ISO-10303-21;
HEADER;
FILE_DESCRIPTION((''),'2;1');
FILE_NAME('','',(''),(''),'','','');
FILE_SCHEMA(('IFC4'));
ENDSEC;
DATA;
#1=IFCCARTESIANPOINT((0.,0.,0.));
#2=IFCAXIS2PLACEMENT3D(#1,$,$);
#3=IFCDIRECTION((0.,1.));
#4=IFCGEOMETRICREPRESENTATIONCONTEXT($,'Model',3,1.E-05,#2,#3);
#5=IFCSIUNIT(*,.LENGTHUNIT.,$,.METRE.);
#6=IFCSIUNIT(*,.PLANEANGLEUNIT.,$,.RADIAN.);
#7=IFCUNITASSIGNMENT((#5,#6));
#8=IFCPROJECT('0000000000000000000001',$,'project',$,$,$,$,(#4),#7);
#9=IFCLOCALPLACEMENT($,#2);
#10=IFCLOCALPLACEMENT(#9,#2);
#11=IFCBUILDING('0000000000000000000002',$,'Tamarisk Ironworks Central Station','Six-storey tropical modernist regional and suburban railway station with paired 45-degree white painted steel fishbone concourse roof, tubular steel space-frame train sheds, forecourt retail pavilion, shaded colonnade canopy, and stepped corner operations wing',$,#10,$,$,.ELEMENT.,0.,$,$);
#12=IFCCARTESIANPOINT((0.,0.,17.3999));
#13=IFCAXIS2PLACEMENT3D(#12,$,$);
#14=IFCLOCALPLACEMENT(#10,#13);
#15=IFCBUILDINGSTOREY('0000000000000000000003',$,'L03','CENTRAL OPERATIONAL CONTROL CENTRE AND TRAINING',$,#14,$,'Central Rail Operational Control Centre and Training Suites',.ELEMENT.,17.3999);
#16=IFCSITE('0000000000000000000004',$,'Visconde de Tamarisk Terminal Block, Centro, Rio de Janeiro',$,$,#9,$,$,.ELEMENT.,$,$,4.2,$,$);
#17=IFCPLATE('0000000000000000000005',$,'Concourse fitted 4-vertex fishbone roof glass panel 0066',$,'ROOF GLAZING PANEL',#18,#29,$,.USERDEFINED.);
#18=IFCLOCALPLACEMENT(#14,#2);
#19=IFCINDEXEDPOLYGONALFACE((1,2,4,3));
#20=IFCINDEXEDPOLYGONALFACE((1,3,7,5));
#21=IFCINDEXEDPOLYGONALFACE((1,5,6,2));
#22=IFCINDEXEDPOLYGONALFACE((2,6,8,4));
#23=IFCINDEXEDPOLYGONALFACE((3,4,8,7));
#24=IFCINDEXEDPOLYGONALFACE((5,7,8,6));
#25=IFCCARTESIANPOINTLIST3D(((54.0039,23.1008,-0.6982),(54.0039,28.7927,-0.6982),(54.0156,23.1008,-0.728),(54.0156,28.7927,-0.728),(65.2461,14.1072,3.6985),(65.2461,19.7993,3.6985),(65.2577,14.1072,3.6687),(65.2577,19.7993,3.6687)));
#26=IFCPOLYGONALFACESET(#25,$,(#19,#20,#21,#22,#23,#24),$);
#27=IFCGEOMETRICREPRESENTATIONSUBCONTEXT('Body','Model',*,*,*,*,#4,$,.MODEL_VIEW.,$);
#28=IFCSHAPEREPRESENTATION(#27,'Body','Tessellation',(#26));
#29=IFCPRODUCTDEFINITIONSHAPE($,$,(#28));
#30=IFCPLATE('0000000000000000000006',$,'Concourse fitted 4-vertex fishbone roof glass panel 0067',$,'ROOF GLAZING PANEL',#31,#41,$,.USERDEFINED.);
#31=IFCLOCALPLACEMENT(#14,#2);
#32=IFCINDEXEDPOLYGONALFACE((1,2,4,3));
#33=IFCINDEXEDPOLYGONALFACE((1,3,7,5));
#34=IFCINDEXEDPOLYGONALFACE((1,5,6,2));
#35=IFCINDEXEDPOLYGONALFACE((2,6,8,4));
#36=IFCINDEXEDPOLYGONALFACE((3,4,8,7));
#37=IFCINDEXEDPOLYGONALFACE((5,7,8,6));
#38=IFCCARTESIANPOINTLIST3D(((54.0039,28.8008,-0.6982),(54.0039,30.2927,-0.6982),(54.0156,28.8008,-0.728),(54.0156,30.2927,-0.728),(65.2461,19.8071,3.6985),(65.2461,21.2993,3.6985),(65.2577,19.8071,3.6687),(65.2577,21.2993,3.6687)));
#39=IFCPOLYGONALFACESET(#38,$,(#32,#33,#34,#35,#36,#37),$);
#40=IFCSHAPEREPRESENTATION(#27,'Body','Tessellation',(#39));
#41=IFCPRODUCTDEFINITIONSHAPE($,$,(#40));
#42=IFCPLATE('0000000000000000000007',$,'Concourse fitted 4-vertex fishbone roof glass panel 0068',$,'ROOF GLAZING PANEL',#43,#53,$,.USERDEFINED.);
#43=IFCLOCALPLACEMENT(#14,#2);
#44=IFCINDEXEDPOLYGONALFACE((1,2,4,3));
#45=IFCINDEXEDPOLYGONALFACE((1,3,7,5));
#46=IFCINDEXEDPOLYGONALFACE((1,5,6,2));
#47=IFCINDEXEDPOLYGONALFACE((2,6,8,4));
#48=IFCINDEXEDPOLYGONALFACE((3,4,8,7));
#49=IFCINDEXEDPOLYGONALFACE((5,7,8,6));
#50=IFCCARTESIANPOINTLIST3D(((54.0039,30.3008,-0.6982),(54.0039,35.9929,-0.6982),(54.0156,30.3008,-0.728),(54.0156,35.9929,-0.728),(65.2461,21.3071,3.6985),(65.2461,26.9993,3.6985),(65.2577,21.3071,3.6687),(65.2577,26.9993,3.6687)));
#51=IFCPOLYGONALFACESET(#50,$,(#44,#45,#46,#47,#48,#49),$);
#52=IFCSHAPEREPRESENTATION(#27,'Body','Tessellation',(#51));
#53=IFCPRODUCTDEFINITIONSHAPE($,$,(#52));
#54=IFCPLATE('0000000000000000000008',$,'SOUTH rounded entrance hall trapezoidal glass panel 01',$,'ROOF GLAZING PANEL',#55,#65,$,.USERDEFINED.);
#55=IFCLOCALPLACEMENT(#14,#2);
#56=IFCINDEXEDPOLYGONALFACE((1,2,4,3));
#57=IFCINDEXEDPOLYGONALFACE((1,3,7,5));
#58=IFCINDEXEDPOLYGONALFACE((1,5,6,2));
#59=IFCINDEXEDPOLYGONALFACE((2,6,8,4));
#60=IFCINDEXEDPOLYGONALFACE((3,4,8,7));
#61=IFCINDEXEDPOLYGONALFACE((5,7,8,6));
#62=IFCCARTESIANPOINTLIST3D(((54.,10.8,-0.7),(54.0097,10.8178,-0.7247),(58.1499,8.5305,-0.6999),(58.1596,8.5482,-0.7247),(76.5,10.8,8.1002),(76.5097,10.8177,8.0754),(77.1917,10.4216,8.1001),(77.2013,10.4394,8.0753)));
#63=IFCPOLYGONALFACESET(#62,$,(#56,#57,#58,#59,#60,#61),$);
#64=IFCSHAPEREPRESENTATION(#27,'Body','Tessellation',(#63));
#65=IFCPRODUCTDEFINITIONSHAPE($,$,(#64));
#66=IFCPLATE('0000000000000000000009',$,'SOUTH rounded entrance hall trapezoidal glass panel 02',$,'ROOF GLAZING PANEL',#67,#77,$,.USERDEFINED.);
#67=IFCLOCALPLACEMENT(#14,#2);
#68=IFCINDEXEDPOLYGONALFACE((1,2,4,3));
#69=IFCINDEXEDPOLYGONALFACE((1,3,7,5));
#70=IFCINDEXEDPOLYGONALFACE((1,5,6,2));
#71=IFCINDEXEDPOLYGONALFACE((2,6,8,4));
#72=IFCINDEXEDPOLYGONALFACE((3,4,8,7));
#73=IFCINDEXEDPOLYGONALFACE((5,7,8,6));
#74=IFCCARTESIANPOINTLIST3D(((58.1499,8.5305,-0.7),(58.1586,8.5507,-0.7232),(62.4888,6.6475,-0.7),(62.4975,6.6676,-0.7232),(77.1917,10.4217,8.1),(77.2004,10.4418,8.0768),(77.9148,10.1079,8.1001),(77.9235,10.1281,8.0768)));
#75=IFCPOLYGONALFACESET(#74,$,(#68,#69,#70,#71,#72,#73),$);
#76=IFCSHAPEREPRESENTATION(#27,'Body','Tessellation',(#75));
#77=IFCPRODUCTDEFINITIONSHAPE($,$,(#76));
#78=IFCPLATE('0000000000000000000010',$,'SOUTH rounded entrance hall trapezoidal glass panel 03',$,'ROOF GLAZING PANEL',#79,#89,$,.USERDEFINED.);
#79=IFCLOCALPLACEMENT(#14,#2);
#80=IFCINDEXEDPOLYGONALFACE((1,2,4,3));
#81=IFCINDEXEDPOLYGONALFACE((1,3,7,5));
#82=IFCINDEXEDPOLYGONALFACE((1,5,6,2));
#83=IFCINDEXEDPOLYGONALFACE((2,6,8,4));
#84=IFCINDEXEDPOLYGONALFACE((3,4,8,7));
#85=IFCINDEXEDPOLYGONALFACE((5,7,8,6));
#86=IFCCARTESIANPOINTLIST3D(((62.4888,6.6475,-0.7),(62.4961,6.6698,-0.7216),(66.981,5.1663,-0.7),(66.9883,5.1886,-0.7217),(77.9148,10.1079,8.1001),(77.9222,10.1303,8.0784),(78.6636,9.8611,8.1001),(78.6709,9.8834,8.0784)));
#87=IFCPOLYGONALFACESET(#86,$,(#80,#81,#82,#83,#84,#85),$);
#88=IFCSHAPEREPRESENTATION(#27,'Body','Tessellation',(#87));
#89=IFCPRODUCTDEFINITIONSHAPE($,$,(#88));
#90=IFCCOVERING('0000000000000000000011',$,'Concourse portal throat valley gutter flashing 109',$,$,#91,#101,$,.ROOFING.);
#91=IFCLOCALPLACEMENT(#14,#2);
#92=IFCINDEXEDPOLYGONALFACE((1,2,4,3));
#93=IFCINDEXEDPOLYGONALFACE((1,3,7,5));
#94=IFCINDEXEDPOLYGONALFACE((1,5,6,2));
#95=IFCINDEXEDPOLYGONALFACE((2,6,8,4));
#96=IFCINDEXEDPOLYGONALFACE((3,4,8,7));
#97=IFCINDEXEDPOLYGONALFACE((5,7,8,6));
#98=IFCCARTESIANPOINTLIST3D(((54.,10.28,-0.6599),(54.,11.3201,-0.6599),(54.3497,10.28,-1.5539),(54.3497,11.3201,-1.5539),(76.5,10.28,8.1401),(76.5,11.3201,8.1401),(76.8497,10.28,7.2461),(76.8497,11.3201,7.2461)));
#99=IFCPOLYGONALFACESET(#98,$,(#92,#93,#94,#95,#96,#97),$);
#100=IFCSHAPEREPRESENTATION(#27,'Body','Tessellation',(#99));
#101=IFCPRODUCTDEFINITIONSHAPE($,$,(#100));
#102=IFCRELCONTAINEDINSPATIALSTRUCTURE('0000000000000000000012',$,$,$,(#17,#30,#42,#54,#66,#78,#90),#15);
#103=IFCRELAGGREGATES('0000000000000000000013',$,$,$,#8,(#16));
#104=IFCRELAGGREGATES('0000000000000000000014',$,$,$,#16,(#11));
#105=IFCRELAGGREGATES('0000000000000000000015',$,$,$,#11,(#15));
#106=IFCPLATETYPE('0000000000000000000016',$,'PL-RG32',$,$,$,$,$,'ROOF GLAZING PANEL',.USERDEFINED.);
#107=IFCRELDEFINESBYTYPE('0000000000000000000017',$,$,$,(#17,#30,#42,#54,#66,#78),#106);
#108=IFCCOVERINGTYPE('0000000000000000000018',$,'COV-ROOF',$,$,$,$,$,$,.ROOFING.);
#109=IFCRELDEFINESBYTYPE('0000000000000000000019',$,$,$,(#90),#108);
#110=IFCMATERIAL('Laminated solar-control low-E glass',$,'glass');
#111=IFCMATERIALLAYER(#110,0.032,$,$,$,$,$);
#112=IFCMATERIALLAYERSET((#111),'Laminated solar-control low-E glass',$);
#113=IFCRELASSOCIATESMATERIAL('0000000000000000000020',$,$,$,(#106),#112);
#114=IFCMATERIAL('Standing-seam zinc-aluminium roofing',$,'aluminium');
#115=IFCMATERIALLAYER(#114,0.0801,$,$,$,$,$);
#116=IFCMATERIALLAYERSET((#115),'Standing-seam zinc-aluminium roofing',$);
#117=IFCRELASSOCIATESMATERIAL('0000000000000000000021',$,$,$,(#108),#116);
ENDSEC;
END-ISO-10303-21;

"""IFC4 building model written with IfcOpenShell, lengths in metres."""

from ifc_helpers import new_model, si_unit, direction, frame, origin, place, context, subcontext, project, spatial, polyline, outline, extrude, material, layer, layer_set, type_object, element, save


model = new_model("IFC4")

# Units and contexts
model_context = context("Model", 3, precision=1e-05, world=origin(), true_north=direction((0.0, 1.0)))
body_context = subcontext(model_context, "Body", "Model", "MODEL_VIEW")
ifc_project = project(units=[si_unit("LENGTHUNIT", "METRE"), si_unit("PLANEANGLEUNIT", "RADIAN")], contexts=[model_context])

# Site, building, storey
site_placement = place(None, origin())
site = spatial("IfcSite", under=ifc_project, at=site_placement, Name="Visconde de Tamarisk Terminal Block, Centro, Rio de Janeiro", CompositionType="ELEMENT", RefElevation=4.2)
building_placement = place(site_placement, origin())
building = spatial("IfcBuilding", under=site, at=building_placement, Name="Tamarisk Ironworks Central Station", Description="Six-storey tropical modernist regional and suburban railway station with paired 45-degree white painted steel fishbone concourse roof, tubular steel space-frame train sheds, forecourt retail pavilion, shaded colonnade canopy, and stepped corner operations wing", CompositionType="ELEMENT", ElevationOfRefHeight=0.0)
storey_placement = place(building_placement, frame((0.0, 0.0, 17.3999)))
storey = spatial("IfcBuildingStorey", under=building, at=storey_placement, Name="L03", Description="CENTRAL OPERATIONAL CONTROL CENTRE AND TRAINING", LongName="Central Rail Operational Control Centre and Training Suites", CompositionType="ELEMENT", Elevation=17.3999)

# Plates
ifc_material_1 = material(Name="Laminated solar-control low-E glass", Category="glass")
ifc_layer_1 = layer(ifc_material_1, 0.032)
ifc_layer_set_1 = layer_set([ifc_layer_1], Name="Laminated solar-control low-E glass")
plate_type_1 = type_object("IfcPlateType", Name="PL-RG32", ElementType="ROOF GLAZING PANEL", PredefinedType="USERDEFINED", material=ifc_layer_set_1)
plate_1_placement = place(storey_placement, frame((65.2461, 14.1072, 3.6985), z_axis=(-0.364228, 0.0, 0.93131), x_axis=(0.0, 1.0, 0.0)))
element("IfcPlate", 1, at=plate_1_placement, inside=storey, type_object=plate_type_1, Name="Concourse fitted 4-vertex fishbone roof glass panel 0066", ObjectType="ROOF GLAZING PANEL", PredefinedType="USERDEFINED", context=body_context, shape_type="SweptSolid", body=[
    extrude(outline(polyline([(0.0, 0.0), (5.6921, 0.0), (14.6855, 12.0714), (8.9937, 12.0714), (0.0, 0.0)])), origin(), (0.0, 0.0, -1.0), 0.032),
])
plate_2_placement = place(storey_placement, frame((65.2461, 19.8071, 3.6985), z_axis=(-0.364228, 0.0, 0.93131), x_axis=(0.0, 1.0, 0.0)))
element("IfcPlate", 2, at=plate_2_placement, inside=storey, type_object=plate_type_1, Name="Concourse fitted 4-vertex fishbone roof glass panel 0067", ObjectType="ROOF GLAZING PANEL", PredefinedType="USERDEFINED", context=body_context, shape_type="SweptSolid", body=[
    extrude(outline(polyline([(0.0, 0.0), (1.4922, 0.0), (10.4856, 12.0714), (8.9937, 12.0714), (0.0, 0.0)])), origin(), (0.0, 0.0, -1.0), 0.032),
])
plate_3_placement = place(storey_placement, frame((65.2461, 21.3071, 3.6985), z_axis=(-0.364228, 0.0, 0.93131), x_axis=(0.0, 1.0, 0.0)))
element("IfcPlate", 3, at=plate_3_placement, inside=storey, type_object=plate_type_1, Name="Concourse fitted 4-vertex fishbone roof glass panel 0068", ObjectType="ROOF GLAZING PANEL", PredefinedType="USERDEFINED", context=body_context, shape_type="SweptSolid", body=[
    extrude(outline(polyline([(0.0, 0.0), (5.6921, 0.0), (14.6858, 12.0714), (8.9937, 12.0714), (0.0, 0.0)])), origin(), (0.0, 0.0, -1.0), 0.032),
])
plate_4_placement = place(storey_placement, frame((54.0, 10.8, -0.7), z_axis=(-0.303167, -0.554315, 0.775129), x_axis=(0.877361, -0.47983, 0.000013)))
element("IfcPlate", 4, at=plate_4_placement, inside=storey, type_object=plate_type_1, Name="SOUTH rounded entrance hall trapezoidal glass panel 01", ObjectType="ROOF GLAZING PANEL", PredefinedType="USERDEFINED", context=body_context, shape_type="SweptSolid", body=[
    extrude(outline(polyline([(0.0, 0.0), (4.73, 0.0), (20.5291, 13.9281), (19.7407, 13.9282), (0.0, 0.0)])), origin(), (0.0, 0.0, -1.0), 0.032),
])
plate_5_placement = place(storey_placement, frame((58.1499, 8.5305, -0.7), z_axis=(-0.273381, -0.629949, 0.72693), x_axis=(0.917337, -0.398111, -0.00001)))
element("IfcPlate", 5, at=plate_5_placement, inside=storey, type_object=plate_type_1, Name="SOUTH rounded entrance hall trapezoidal glass panel 02", ObjectType="ROOF GLAZING PANEL", PredefinedType="USERDEFINED", context=body_context, shape_type="SweptSolid", body=[
    extrude(outline(polyline([(0.0, 0.0), (4.7299, 0.0), (17.503, 12.815), (16.7147, 12.8149), (0.0, 0.0)])), origin(), (0.0, 0.0, -1.0), 0.032),
])
plate_6_placement = place(storey_placement, frame((62.4888, 6.6475, -0.7), z_axis=(-0.230173, -0.698096, 0.677999), x_axis=(0.949707, -0.313139, -0.000006)))
element("IfcPlate", 6, at=plate_6_placement, inside=storey, type_object=plate_type_1, Name="SOUTH rounded entrance hall trapezoidal glass panel 03", ObjectType="ROOF GLAZING PANEL", PredefinedType="USERDEFINED", context=body_context, shape_type="SweptSolid", body=[
    extrude(outline(polyline([(0.0, 0.0), (4.7301, 0.0), (14.355, 11.9719), (13.5666, 11.9719), (0.0, 0.0)])), origin(), (0.0, 0.0, -1.0), 0.032),
])

# Covering
ifc_material_2 = material(Name="Standing-seam zinc-aluminium roofing", Category="aluminium")
ifc_layer_2 = layer(ifc_material_2, 0.0801)
ifc_layer_set_2 = layer_set([ifc_layer_2], Name="Standing-seam zinc-aluminium roofing")
covering_type = type_object("IfcCoveringType", Name="COV-ROOF", PredefinedType="ROOFING", material=ifc_layer_set_2)
covering_placement = place(storey_placement, frame((54.0, 10.28, -0.6599), z_axis=(-0.364245, 0.0, 0.931303), x_axis=(0.931303, 0.0, 0.364245)))
element("IfcCovering", 7, at=covering_placement, inside=storey, type_object=covering_type, Name="Concourse portal throat valley gutter flashing 109", PredefinedType="ROOFING", context=body_context, shape_type="SweptSolid", body=[
    extrude(outline(polyline([(0.0, 0.0), (24.1597, 0.0), (24.1597, 1.04), (0.0, 1.04), (0.0, 0.0)])), origin(), (0.0, 0.0, -1.0), 0.96),
])

save(model, "model.ifc")
